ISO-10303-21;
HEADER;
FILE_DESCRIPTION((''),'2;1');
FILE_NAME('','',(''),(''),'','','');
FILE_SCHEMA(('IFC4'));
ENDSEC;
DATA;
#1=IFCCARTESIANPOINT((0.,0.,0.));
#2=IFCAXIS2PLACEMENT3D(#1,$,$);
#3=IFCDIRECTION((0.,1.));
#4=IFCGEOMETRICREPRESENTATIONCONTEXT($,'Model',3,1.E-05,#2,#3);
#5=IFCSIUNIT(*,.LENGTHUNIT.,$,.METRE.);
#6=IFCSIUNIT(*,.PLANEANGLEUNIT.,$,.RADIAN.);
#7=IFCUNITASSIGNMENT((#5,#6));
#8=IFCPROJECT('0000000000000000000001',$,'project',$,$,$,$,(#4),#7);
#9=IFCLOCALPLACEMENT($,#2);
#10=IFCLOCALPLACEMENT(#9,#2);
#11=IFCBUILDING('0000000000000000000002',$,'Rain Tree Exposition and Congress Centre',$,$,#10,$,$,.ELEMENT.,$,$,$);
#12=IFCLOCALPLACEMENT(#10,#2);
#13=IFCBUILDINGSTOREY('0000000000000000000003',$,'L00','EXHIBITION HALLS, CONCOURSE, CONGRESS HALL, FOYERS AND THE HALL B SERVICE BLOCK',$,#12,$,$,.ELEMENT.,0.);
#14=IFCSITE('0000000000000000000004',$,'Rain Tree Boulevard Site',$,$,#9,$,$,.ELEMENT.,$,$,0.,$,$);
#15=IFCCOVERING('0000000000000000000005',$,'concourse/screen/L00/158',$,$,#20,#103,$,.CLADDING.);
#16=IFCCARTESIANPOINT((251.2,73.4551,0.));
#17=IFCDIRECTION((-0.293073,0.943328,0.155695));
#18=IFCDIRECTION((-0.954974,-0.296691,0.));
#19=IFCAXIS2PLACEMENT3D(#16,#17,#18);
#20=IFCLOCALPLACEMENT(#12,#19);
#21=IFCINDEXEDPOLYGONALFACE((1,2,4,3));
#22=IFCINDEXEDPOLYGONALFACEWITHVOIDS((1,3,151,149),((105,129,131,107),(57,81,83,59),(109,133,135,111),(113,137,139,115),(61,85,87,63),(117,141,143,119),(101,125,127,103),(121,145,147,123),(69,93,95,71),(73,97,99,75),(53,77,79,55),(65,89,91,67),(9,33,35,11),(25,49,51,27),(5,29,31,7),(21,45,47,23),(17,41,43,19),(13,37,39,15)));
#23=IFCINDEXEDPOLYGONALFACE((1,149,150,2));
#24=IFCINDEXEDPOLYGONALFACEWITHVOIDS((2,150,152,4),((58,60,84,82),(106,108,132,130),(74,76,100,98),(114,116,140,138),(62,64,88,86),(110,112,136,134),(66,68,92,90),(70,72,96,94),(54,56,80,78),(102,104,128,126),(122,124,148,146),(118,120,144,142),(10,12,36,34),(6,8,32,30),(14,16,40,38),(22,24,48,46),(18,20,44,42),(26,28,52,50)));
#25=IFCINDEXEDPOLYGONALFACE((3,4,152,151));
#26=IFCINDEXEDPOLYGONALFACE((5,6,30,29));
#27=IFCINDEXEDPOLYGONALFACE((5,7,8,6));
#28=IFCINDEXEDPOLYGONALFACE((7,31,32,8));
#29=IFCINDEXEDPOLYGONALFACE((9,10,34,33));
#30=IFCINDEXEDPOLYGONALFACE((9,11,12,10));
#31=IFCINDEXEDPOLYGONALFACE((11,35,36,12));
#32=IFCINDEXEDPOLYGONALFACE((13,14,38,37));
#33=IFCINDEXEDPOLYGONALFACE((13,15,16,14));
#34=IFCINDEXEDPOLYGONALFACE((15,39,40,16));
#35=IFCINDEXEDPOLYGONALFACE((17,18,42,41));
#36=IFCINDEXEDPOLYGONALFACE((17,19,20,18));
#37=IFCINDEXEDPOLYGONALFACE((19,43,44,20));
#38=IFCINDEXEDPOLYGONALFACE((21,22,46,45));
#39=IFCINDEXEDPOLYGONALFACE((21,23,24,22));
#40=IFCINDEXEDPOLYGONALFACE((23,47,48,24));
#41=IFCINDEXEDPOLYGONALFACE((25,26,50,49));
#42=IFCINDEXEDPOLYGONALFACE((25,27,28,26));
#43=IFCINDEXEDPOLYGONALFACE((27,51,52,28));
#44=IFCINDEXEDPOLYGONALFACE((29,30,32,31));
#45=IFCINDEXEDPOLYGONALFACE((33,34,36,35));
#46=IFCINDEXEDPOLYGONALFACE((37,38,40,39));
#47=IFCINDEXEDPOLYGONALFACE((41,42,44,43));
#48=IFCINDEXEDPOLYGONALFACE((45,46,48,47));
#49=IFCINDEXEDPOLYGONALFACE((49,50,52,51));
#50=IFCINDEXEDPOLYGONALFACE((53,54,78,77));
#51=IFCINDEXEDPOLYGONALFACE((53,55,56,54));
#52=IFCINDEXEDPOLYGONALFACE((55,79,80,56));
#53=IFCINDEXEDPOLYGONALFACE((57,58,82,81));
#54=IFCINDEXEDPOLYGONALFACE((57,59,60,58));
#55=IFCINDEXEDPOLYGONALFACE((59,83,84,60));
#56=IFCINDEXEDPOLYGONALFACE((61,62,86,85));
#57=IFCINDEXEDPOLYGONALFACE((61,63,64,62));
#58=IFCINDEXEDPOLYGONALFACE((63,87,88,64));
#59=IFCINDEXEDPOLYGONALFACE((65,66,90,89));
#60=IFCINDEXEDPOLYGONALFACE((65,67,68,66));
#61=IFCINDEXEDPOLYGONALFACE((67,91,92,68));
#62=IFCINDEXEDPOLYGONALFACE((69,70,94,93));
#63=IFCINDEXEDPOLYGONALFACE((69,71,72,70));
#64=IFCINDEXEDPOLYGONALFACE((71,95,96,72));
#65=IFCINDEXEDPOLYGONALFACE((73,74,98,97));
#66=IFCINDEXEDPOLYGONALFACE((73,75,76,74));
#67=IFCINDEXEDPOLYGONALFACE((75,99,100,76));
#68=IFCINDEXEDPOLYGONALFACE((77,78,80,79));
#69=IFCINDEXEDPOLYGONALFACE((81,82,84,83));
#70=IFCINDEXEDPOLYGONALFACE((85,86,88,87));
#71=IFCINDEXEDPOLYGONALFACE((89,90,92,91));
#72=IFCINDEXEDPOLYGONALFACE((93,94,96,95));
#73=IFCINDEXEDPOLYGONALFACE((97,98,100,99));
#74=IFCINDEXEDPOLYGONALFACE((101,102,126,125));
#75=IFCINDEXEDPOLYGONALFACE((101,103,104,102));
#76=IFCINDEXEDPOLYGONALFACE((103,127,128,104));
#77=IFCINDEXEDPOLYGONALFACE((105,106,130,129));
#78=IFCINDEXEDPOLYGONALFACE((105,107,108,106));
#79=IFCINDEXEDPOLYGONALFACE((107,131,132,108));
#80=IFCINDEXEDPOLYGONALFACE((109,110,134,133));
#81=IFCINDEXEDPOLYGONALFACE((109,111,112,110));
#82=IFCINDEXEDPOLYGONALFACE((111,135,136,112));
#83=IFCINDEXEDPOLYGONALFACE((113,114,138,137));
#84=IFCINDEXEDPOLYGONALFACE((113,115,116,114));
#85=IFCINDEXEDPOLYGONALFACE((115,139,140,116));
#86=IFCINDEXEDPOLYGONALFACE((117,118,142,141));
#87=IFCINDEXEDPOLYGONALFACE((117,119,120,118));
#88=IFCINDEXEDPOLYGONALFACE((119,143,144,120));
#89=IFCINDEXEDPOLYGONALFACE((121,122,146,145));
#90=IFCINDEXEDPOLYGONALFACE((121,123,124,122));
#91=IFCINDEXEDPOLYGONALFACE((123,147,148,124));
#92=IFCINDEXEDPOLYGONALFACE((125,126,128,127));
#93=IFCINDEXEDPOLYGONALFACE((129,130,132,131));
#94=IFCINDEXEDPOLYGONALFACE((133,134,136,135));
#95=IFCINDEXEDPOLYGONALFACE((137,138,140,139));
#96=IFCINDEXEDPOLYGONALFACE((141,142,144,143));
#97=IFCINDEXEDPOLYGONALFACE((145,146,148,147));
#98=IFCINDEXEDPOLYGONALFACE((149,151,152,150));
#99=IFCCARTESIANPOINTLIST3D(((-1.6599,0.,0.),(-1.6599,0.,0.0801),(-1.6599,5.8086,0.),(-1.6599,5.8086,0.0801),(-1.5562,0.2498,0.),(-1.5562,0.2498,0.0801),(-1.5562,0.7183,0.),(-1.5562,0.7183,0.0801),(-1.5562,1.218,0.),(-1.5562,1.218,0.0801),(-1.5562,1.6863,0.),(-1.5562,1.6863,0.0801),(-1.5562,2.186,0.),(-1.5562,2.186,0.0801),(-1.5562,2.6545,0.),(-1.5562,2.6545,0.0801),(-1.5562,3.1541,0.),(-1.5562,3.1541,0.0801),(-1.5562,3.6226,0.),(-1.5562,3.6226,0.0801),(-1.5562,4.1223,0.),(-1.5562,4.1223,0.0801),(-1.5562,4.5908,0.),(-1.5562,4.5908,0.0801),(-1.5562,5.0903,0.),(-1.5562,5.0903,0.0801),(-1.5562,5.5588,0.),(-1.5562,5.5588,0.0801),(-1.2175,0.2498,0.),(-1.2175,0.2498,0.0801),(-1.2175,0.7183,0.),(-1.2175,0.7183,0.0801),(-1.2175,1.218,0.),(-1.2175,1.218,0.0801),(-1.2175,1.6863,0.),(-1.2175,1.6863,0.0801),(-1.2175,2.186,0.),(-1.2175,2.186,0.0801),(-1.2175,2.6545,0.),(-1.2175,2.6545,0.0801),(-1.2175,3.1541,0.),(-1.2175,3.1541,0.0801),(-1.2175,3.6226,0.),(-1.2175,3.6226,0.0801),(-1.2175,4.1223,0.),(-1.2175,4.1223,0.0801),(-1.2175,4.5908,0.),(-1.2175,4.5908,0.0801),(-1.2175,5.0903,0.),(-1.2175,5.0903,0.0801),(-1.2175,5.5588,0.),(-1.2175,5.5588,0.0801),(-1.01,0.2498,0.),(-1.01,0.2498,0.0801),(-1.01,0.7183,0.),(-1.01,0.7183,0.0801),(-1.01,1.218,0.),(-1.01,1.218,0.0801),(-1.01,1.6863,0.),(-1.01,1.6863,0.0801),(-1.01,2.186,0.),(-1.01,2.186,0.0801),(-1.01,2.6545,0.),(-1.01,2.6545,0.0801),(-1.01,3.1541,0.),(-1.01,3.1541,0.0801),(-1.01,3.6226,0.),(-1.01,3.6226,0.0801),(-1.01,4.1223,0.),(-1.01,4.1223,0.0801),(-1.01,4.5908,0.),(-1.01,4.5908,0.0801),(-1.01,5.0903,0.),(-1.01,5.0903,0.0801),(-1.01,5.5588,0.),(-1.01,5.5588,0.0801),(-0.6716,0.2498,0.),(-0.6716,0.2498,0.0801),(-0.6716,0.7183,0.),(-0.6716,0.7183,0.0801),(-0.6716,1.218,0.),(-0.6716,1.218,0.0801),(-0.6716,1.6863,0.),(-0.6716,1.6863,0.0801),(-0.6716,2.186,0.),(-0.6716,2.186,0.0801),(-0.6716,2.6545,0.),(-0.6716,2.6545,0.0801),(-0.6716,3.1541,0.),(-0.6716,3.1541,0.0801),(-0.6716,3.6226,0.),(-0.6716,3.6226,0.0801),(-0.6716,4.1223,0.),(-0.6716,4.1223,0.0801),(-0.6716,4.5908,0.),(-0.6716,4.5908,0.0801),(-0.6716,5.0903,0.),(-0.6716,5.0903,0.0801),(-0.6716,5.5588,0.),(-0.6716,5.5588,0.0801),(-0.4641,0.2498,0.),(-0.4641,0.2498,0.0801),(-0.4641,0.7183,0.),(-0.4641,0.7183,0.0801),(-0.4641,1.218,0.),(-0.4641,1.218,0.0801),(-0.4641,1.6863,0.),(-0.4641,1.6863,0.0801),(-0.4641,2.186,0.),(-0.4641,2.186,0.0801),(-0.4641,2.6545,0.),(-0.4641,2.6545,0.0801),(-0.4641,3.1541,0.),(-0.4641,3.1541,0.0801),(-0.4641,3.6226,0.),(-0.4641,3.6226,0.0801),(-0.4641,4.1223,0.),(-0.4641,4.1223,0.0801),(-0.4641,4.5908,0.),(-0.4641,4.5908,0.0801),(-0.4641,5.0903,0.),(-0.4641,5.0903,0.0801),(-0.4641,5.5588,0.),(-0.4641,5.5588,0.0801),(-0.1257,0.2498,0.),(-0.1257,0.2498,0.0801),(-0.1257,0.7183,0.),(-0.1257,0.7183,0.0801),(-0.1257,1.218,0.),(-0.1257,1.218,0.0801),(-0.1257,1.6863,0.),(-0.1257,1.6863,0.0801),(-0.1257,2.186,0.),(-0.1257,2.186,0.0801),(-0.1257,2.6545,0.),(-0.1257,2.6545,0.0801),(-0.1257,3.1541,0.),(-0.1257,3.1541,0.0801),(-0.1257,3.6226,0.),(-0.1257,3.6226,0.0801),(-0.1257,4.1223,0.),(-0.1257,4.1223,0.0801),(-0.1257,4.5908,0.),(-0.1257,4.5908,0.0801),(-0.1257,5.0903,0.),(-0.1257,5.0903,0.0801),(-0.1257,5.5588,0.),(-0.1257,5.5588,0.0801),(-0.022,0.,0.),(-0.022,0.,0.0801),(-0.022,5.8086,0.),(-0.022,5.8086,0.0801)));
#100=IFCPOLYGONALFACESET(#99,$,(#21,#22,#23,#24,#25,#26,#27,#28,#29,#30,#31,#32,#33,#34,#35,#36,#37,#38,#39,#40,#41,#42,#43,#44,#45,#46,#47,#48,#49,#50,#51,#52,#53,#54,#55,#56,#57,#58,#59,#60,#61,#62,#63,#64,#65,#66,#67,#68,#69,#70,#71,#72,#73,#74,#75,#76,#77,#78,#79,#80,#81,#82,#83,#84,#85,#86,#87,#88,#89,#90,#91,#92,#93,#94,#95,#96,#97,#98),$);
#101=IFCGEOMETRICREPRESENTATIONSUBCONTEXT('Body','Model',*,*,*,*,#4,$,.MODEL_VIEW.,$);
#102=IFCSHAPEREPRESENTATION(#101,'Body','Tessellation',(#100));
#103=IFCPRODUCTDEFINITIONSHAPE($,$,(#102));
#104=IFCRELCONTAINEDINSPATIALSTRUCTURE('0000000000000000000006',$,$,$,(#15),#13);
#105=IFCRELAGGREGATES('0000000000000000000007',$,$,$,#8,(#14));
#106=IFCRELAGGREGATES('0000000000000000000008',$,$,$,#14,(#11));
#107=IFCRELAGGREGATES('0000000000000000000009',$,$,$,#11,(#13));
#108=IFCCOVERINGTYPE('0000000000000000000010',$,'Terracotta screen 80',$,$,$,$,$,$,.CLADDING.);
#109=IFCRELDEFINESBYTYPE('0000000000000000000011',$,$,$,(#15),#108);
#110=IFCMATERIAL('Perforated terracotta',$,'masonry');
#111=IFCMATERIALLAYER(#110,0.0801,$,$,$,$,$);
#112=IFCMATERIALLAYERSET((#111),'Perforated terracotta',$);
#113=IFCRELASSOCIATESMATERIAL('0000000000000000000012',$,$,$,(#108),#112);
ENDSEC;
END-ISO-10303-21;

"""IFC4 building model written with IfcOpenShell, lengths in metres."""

from ifc_helpers import new_model, si_unit, direction, frame, origin, place, context, subcontext, project, spatial, polyline, outline, extrude, material, layer, layer_set, type_object, element, save


model = new_model("IFC4")

# Units and contexts
model_context = context("Model", 3, precision=1e-05, world=origin(), true_north=direction((0.0, 1.0)))
body_context = subcontext(model_context, "Body", "Model", "MODEL_VIEW")
ifc_project = project(units=[si_unit("LENGTHUNIT", "METRE"), si_unit("PLANEANGLEUNIT", "RADIAN")], contexts=[model_context])

# Site, building, storey
site_placement = place(None, origin())
site = spatial("IfcSite", under=ifc_project, at=site_placement, Name="Rain Tree Boulevard Site", CompositionType="ELEMENT", RefElevation=0.0)
building_placement = place(site_placement, origin())
building = spatial("IfcBuilding", under=site, at=building_placement, Name="Rain Tree Exposition and Congress Centre", CompositionType="ELEMENT")
storey_placement = place(building_placement, origin())
storey = spatial("IfcBuildingStorey", under=building, at=storey_placement, Name="L00", Description="EXHIBITION HALLS, CONCOURSE, CONGRESS HALL, FOYERS AND THE HALL B SERVICE BLOCK", CompositionType="ELEMENT", Elevation=0.0)

# Covering
ifc_material_1 = material(Name="Perforated terracotta", Category="masonry")
ifc_layer_1 = layer(ifc_material_1, 0.0801)
ifc_layer_set_1 = layer_set([ifc_layer_1], Name="Perforated terracotta")
covering_type = type_object("IfcCoveringType", Name="Terracotta screen 80", PredefinedType="CLADDING", material=ifc_layer_set_1)
covering_1_placement = place(storey_placement, frame((251.2, 73.4551, 0.0), z_axis=(-0.293073, 0.943328, 0.155695), x_axis=(-0.954974, -0.296691, 0.0)))
element("IfcCovering", 1, at=covering_1_placement, inside=storey, type_object=covering_type, Name="concourse/screen/L00/158", PredefinedType="CLADDING", context=body_context, shape_type="SweptSolid", body=[
    extrude(outline(polyline([(-0.022, 0.0), (-1.6599, 0.0), (-1.6599, 5.8086), (-0.022, 5.8086), (-0.022, 0.0)]), holes=[polyline([(-0.1257, 0.2498), (-0.1257, 0.7183), (-0.4641, 0.7183), (-0.4641, 0.2498), (-0.1257, 0.2498)]), polyline([(-0.1257, 1.218), (-0.1257, 1.6863), (-0.4641, 1.6863), (-0.4641, 1.218), (-0.1257, 1.218)]), polyline([(-0.1257, 2.186), (-0.1257, 2.6545), (-0.4641, 2.6545), (-0.4641, 2.186), (-0.1257, 2.186)]), polyline([(-0.1257, 3.1541), (-0.1257, 3.6226), (-0.4641, 3.6226), (-0.4641, 3.1541), (-0.1257, 3.1541)]), polyline([(-0.1257, 4.1223), (-0.1257, 4.5908), (-0.4641, 4.5908), (-0.4641, 4.1223), (-0.1257, 4.1223)]), polyline([(-0.1257, 5.0903), (-0.1257, 5.5588), (-0.4641, 5.5588), (-0.4641, 5.0903), (-0.1257, 5.0903)]), polyline([(-0.6716, 0.2498), (-0.6716, 0.7183), (-1.01, 0.7183), (-1.01, 0.2498), (-0.6716, 0.2498)]), polyline([(-0.6716, 1.218), (-0.6716, 1.6863), (-1.01, 1.6863), (-1.01, 1.218), (-0.6716, 1.218)]), polyline([(-0.6716, 2.186), (-0.6716, 2.6545), (-1.01, 2.6545), (-1.01, 2.186), (-0.6716, 2.186)]), polyline([(-0.6716, 3.1541), (-0.6716, 3.6226), (-1.01, 3.6226), (-1.01, 3.1541), (-0.6716, 3.1541)]), polyline([(-0.6716, 4.1223), (-0.6716, 4.5908), (-1.01, 4.5908), (-1.01, 4.1223), (-0.6716, 4.1223)]), polyline([(-0.6716, 5.0903), (-0.6716, 5.5588), (-1.01, 5.5588), (-1.01, 5.0903), (-0.6716, 5.0903)]), polyline([(-1.2175, 0.2498), (-1.2175, 0.7183), (-1.5562, 0.7183), (-1.5562, 0.2498), (-1.2175, 0.2498)]), polyline([(-1.2175, 1.218), (-1.2175, 1.6863), (-1.5562, 1.6863), (-1.5562, 1.218), (-1.2175, 1.218)]), polyline([(-1.2175, 2.186), (-1.2175, 2.6545), (-1.5562, 2.6545), (-1.5562, 2.186), (-1.2175, 2.186)]), polyline([(-1.2175, 3.1541), (-1.2175, 3.6226), (-1.5562, 3.6226), (-1.5562, 3.1541), (-1.2175, 3.1541)]), polyline([(-1.2175, 4.1223), (-1.2175, 4.5908), (-1.5562, 4.5908), (-1.5562, 4.1223), (-1.2175, 4.1223)]), polyline([(-1.2175, 5.0903), (-1.2175, 5.5588), (-1.5562, 5.5588), (-1.5562, 5.0903), (-1.2175, 5.0903)])]), origin(), (0.0, 0.0, 1.0), 0.0801),
])

save(model, "model.ifc")
